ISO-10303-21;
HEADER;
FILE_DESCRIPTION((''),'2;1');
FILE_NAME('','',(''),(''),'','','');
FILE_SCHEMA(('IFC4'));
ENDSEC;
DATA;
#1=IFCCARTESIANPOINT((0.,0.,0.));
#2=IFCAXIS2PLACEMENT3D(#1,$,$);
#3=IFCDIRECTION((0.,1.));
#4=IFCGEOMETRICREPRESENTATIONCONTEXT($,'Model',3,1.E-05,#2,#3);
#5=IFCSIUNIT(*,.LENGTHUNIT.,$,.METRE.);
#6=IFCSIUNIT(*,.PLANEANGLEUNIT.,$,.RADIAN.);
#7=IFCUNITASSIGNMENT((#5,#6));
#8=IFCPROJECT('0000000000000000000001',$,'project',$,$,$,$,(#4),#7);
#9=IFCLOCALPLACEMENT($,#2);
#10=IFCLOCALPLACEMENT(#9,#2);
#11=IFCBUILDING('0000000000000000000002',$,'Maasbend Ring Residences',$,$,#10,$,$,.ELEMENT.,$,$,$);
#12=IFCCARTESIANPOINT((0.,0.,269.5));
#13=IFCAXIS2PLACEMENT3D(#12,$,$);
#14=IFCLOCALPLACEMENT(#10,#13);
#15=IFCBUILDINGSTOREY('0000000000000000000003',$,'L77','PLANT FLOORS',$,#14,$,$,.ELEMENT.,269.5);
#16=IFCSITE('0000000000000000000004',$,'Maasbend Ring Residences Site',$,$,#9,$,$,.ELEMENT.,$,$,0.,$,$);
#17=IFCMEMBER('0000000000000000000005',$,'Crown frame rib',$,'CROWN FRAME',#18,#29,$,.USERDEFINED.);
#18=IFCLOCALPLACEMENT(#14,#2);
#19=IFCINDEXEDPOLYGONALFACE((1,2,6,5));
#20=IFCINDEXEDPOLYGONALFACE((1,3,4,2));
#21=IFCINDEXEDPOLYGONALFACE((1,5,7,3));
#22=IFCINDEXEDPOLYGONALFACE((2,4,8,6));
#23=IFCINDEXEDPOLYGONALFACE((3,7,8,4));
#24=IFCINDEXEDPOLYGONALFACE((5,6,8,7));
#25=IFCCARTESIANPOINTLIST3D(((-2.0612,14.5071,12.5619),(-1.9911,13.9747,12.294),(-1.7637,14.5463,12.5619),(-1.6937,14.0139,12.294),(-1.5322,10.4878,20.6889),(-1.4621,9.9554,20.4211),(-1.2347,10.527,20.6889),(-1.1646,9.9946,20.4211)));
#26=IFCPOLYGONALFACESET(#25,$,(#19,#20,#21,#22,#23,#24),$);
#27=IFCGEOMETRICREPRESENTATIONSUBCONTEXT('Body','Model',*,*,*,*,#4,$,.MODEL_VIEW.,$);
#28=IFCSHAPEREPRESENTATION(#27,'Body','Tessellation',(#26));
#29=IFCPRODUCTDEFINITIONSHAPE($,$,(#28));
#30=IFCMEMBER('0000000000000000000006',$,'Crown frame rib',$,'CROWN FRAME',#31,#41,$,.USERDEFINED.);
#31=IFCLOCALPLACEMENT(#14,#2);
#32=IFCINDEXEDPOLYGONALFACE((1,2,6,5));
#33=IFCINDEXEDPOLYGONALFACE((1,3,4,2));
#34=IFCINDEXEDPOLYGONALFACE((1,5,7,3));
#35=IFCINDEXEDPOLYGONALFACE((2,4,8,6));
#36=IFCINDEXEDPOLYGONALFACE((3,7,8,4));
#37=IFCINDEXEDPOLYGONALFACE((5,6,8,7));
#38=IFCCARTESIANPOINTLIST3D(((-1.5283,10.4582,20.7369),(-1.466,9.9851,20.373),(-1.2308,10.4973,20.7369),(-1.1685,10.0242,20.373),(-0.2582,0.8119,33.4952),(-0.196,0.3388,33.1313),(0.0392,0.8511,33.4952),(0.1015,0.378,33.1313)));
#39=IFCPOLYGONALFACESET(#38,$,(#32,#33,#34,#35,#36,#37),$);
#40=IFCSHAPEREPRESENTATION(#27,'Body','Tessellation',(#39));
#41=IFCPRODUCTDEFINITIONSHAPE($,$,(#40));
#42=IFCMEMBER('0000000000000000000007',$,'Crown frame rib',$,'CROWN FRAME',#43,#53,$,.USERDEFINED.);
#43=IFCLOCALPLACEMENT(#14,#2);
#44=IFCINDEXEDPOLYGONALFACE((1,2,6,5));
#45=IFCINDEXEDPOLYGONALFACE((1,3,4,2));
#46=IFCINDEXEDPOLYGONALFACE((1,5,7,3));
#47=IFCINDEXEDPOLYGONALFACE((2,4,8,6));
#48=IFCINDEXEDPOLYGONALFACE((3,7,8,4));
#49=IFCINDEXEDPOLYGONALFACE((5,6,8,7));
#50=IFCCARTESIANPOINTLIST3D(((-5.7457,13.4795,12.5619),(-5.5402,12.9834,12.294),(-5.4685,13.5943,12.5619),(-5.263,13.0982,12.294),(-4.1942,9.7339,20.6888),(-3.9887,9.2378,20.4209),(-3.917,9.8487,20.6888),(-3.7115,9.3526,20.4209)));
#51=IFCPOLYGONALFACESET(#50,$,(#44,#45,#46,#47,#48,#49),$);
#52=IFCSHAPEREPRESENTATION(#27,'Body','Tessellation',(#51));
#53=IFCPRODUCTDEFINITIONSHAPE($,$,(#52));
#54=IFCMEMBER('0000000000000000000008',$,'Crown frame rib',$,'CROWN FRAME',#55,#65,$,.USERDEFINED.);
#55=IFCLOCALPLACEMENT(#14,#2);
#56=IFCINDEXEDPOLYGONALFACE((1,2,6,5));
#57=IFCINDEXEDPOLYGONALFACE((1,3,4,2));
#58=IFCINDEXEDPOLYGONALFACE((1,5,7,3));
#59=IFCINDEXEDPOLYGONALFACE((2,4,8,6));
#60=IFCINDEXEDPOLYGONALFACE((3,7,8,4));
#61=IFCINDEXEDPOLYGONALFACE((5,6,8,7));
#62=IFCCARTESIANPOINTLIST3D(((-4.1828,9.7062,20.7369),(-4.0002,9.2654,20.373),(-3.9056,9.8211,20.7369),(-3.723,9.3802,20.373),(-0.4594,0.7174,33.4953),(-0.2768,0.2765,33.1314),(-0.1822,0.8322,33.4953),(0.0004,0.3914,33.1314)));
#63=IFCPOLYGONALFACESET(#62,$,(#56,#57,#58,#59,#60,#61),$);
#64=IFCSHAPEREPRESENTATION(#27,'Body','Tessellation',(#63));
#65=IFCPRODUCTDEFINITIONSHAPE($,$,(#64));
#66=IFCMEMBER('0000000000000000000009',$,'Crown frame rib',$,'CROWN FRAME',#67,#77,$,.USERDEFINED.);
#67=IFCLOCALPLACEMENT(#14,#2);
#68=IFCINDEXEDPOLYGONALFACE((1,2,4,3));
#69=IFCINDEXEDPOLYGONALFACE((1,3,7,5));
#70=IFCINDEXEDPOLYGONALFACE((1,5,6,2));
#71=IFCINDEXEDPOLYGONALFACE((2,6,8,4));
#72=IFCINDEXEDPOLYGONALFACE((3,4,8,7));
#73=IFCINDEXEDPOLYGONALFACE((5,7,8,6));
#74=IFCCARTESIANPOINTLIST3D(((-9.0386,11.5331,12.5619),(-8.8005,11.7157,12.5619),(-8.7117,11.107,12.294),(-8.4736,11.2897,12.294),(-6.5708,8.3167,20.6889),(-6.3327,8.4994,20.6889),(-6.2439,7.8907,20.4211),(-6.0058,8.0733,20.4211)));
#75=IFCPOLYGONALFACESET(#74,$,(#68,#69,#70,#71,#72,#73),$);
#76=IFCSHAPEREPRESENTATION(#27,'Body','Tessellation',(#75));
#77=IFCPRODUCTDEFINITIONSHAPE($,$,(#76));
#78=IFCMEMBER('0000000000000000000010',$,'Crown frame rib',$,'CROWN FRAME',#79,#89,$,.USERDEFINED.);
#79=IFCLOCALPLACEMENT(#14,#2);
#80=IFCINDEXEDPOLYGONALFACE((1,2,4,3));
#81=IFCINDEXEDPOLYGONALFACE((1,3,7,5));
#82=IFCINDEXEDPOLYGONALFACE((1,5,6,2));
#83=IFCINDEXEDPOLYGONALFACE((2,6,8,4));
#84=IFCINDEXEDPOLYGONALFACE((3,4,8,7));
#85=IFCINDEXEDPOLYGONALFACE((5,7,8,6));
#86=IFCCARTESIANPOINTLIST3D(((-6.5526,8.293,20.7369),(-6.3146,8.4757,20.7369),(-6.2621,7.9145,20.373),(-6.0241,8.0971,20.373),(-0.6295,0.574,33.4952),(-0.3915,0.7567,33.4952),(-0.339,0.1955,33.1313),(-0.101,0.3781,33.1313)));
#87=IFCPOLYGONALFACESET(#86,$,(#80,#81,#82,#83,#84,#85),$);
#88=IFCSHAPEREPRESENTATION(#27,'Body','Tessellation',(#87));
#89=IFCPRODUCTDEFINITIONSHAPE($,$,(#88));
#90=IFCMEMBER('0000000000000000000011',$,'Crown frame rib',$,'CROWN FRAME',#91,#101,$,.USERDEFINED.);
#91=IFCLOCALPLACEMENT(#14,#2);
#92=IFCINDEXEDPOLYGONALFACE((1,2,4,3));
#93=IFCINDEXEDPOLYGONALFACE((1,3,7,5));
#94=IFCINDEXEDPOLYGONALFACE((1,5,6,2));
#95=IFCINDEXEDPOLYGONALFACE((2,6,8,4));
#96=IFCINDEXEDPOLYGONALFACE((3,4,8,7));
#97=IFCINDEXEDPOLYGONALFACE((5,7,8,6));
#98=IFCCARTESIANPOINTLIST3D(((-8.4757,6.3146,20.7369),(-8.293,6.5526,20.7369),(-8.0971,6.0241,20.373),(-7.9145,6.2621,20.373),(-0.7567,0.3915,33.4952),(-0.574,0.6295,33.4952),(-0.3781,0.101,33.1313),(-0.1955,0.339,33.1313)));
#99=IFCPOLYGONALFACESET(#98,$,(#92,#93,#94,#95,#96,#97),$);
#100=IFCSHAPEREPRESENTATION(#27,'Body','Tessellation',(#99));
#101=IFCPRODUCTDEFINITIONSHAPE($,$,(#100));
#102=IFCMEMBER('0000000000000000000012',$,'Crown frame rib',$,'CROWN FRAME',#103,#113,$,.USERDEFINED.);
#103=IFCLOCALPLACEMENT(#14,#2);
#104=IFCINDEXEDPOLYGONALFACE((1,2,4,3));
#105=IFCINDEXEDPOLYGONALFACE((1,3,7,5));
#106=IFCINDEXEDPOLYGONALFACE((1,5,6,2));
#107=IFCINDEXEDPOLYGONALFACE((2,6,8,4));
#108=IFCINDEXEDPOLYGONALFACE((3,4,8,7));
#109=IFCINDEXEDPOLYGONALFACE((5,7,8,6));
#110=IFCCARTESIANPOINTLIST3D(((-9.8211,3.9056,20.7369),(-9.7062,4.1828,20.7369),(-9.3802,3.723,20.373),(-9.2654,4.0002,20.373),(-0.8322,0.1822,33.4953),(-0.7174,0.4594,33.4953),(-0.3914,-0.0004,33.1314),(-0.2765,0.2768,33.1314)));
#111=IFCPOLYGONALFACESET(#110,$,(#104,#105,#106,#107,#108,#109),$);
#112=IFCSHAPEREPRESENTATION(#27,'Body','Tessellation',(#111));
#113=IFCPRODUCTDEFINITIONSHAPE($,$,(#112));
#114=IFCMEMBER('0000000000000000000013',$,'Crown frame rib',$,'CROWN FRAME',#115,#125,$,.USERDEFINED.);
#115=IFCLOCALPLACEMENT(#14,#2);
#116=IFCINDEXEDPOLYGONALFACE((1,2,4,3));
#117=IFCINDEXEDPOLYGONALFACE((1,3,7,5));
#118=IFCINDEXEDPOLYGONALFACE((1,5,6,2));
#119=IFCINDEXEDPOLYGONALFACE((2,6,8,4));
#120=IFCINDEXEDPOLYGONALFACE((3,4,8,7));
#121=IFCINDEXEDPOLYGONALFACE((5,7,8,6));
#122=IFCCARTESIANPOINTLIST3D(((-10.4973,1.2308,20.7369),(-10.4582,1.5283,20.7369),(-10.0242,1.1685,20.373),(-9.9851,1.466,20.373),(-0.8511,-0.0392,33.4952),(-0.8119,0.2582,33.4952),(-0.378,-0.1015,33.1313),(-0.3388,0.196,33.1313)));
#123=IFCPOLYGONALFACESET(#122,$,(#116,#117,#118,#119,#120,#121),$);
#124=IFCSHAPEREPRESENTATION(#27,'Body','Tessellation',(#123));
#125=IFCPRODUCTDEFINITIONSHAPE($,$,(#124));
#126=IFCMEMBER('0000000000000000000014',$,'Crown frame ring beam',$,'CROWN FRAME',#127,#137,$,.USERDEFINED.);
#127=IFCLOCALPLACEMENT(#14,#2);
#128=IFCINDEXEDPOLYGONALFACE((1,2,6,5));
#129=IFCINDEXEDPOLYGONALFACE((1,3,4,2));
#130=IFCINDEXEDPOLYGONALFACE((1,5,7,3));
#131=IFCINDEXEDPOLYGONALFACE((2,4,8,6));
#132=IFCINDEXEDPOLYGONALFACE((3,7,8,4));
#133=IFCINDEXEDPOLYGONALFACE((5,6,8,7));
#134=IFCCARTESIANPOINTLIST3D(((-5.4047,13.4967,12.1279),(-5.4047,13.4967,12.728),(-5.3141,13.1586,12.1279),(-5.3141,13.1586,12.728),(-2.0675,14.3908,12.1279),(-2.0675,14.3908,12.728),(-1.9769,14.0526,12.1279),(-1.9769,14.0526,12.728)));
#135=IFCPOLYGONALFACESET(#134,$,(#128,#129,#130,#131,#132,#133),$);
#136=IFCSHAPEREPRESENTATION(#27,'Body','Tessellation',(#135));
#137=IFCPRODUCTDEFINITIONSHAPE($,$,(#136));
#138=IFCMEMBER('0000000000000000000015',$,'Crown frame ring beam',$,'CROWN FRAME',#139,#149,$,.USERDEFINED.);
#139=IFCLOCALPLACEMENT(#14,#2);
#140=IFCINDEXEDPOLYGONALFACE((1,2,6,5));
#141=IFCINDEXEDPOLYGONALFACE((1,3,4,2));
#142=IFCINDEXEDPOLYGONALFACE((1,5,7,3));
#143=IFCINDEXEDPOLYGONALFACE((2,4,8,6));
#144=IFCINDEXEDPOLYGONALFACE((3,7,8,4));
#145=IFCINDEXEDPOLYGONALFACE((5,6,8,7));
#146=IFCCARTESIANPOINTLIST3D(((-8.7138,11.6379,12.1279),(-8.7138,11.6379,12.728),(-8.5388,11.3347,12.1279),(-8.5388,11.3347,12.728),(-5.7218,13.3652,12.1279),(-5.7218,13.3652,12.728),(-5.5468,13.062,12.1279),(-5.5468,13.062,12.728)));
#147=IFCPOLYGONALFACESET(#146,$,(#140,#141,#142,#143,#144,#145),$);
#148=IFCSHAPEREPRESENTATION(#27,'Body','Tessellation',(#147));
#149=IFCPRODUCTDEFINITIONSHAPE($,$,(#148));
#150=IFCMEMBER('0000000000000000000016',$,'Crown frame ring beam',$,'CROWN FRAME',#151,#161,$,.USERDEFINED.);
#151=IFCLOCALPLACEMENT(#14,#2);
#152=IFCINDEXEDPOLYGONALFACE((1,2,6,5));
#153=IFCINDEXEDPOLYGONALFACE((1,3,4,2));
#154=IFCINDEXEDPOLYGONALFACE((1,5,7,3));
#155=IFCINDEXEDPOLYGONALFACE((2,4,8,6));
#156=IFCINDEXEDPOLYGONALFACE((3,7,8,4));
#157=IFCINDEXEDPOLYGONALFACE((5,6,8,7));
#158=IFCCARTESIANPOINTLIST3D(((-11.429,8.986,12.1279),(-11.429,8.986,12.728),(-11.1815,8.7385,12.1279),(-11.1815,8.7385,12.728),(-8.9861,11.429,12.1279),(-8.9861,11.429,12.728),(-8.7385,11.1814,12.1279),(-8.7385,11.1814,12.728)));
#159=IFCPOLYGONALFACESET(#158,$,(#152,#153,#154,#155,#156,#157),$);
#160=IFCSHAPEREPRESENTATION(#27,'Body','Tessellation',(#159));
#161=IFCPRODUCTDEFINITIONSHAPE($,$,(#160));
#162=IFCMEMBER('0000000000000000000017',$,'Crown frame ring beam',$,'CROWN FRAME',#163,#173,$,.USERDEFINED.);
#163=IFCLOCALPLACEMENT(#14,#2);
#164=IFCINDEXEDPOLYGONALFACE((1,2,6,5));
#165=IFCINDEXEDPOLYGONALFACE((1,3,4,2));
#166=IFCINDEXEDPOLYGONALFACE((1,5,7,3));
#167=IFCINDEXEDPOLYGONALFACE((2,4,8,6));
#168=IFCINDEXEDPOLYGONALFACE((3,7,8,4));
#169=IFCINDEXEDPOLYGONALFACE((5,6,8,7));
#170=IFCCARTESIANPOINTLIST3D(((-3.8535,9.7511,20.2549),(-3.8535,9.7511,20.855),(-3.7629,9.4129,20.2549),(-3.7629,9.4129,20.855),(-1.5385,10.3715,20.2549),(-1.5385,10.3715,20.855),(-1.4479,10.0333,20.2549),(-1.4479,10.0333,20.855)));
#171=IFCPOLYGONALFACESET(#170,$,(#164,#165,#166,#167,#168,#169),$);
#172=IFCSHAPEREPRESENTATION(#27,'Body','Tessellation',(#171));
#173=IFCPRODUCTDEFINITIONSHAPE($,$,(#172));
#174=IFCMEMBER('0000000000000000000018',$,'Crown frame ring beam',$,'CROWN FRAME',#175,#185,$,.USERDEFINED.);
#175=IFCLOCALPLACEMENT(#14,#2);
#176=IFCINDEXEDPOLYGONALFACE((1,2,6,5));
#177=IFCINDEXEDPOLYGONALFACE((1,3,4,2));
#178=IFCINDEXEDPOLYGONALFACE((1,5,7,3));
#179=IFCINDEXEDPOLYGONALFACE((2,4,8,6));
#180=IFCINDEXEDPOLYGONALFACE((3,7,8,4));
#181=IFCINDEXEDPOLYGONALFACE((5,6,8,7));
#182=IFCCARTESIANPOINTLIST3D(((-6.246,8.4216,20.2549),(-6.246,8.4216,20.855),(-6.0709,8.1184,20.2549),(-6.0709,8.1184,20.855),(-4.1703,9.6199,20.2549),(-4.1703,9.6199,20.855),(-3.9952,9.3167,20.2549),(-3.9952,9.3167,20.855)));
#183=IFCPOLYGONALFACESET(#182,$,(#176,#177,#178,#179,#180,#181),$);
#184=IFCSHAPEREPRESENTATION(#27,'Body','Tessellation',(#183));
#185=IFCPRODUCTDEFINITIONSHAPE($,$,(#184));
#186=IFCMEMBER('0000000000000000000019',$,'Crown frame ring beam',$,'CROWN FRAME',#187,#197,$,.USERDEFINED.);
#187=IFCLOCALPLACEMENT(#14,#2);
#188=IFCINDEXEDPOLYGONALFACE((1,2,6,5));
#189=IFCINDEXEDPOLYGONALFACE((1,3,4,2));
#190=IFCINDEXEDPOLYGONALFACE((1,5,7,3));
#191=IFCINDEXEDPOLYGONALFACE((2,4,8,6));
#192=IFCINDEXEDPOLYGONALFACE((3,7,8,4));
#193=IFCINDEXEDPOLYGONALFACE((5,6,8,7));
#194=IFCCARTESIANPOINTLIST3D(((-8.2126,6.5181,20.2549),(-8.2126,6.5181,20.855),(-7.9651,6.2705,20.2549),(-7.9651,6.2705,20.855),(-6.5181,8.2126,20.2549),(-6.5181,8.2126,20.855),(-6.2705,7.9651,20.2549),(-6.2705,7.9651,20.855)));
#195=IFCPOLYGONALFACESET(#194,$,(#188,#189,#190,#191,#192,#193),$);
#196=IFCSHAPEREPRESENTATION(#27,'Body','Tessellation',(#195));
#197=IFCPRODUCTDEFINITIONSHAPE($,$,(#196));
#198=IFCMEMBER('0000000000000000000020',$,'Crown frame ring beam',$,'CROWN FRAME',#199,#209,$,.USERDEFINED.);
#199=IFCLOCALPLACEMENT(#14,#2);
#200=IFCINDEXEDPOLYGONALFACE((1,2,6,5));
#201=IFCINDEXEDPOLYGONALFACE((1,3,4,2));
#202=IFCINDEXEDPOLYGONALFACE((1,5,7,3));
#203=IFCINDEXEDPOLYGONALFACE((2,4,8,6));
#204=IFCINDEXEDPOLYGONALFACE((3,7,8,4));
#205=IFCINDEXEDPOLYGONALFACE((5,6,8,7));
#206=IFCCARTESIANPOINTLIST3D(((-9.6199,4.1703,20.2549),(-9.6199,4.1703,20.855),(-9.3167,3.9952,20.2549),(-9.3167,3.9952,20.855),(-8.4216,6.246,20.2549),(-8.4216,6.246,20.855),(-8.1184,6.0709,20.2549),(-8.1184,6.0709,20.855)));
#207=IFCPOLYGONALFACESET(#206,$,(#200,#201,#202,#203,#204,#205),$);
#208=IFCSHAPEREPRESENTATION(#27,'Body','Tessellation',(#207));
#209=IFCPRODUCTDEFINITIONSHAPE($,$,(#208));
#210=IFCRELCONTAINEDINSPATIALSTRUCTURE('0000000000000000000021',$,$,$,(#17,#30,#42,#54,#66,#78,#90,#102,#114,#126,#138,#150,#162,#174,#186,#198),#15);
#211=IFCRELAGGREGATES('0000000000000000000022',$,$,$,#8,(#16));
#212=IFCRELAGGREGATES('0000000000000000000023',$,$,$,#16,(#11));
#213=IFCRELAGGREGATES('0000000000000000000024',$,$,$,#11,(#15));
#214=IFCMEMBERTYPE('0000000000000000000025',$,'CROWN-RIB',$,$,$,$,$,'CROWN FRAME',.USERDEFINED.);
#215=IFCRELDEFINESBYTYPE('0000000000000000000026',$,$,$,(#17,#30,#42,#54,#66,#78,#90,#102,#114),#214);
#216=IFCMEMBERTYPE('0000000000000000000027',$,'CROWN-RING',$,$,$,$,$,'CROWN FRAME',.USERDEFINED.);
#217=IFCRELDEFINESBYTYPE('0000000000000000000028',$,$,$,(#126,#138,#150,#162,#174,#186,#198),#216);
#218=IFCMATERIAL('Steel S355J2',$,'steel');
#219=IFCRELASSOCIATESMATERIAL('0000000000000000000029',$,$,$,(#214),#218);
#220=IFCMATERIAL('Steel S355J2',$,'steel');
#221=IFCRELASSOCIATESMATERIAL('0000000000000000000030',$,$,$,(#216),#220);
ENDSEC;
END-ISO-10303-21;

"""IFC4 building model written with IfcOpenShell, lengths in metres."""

from ifc_helpers import new_model, si_unit, direction, frame, origin, origin_2d, place, context, subcontext, project, spatial, rectangle, extrude, material, material_profile, profile_set, type_object, element, save


model = new_model("IFC4")

# Units and contexts
model_context = context("Model", 3, precision=1e-05, world=origin(), true_north=direction((0.0, 1.0)))
body_context = subcontext(model_context, "Body", "Model", "MODEL_VIEW")
ifc_project = project(units=[si_unit("LENGTHUNIT", "METRE"), si_unit("PLANEANGLEUNIT", "RADIAN")], contexts=[model_context])

# Site, building, storey
site_placement = place(None, origin())
site = spatial("IfcSite", under=ifc_project, at=site_placement, Name="Maasbend Ring Residences Site", CompositionType="ELEMENT", RefElevation=0.0)
building_placement = place(site_placement, origin())
building = spatial("IfcBuilding", under=site, at=building_placement, Name="Maasbend Ring Residences", CompositionType="ELEMENT")
storey_placement = place(building_placement, frame((0.0, 0.0, 269.5)))
storey = spatial("IfcBuildingStorey", under=building, at=storey_placement, Name="L77", Description="PLANT FLOORS", CompositionType="ELEMENT", Elevation=269.5)

# Members
ifc_material_1 = material(Name="Steel S355J2", Category="steel")
ifc_material_profile_1 = material_profile(ifc_material_1, rectangle(XDim=0.3, YDim=0.6001, at=origin_2d()), Name="Box 300x600x12")
ifc_profile_set_1 = profile_set([ifc_material_profile_1], Name="Steel S355J2")
member_type_1 = type_object("IfcMemberType", Name="CROWN-RIB", ElementType="CROWN FRAME", PredefinedType="USERDEFINED", material=ifc_profile_set_1)
member_1_placement = place(storey_placement, frame((-1.8774, 14.2605, 12.428), z_axis=(0.058253, -0.442557, 0.894846), x_axis=(0.991448, 0.130503, 0.0)))
element("IfcMember", 1, at=member_1_placement, inside=storey, type_object=member_type_1, Name="Crown frame rib", ObjectType="CROWN FRAME", PredefinedType="USERDEFINED", context=body_context, shape_type="SweptSolid", body=[
    extrude(rectangle(XDim=0.3, YDim=0.6001, at=origin_2d()), origin(), (0.0, 0.0, 1.0), 9.082),
])
member_2_placement = place(storey_placement, frame((-1.3484, 10.2412, 20.5549), z_axis=(0.079154, -0.601205, 0.795165), x_axis=(0.991444, 0.130533, 0.0)))
element("IfcMember", 2, at=member_2_placement, inside=storey, type_object=member_type_1, Name="Crown frame rib", ObjectType="CROWN FRAME", PredefinedType="USERDEFINED", context=body_context, shape_type="SweptSolid", body=[
    extrude(rectangle(XDim=0.3, YDim=0.6001, at=origin_2d()), origin(), (0.0, 0.0, 1.0), 16.0449),
])
member_3_placement = place(storey_placement, frame((-5.5044, 13.2888, 12.428), z_axis=(0.170832, -0.412417, 0.894834), x_axis=(0.923877, 0.38269, 0.0)))
element("IfcMember", 3, at=member_3_placement, inside=storey, type_object=member_type_1, Name="Crown frame rib", ObjectType="CROWN FRAME", PredefinedType="USERDEFINED", context=body_context, shape_type="SweptSolid", body=[
    extrude(rectangle(XDim=0.3, YDim=0.6001, at=origin_2d()), origin(), (0.0, 0.0, 1.0), 9.082),
])
member_4_placement = place(storey_placement, frame((-3.9529, 9.5432, 20.5549), z_axis=(0.232062, -0.560229, 0.795167), x_axis=(0.923875, 0.382694, 0.0)))
element("IfcMember", 4, at=member_4_placement, inside=storey, type_object=member_type_1, Name="Crown frame rib", ObjectType="CROWN FRAME", PredefinedType="USERDEFINED", context=body_context, shape_type="SweptSolid", body=[
    extrude(rectangle(XDim=0.3, YDim=0.6001, at=origin_2d()), origin(), (0.0, 0.0, 1.0), 16.0449),
])
member_5_placement = place(storey_placement, frame((-8.7561, 11.4114, 12.428), z_axis=(0.271723, -0.354143, 0.894846), x_axis=(0.793376, 0.608732, 0.0)))
element("IfcMember", 5, at=member_5_placement, inside=storey, type_object=member_type_1, Name="Crown frame rib", ObjectType="CROWN FRAME", PredefinedType="USERDEFINED", context=body_context, shape_type="SweptSolid", body=[
    extrude(rectangle(XDim=0.3, YDim=0.6001, at=origin_2d()), origin(), (0.0, 0.0, 1.0), 9.082),
])
for number, where, z_axis, x_axis, name in (
    (6, (-6.2883, 8.1951, 20.5549), (0.369157, -0.481086, 0.79516), (0.793348, 0.608768, 0.0), "Crown frame rib"),
    (7, (-8.1951, 6.2883, 20.5549), (0.481086, -0.369157, 0.79516), (0.608768, 0.793348, 0.0), "Crown frame rib"),
    (8, (-9.5432, 3.9529, 20.5549), (0.560229, -0.232062, 0.795167), (0.382694, 0.923875, 0.0), "Crown frame rib"),
    (9, (-10.2412, 1.3484, 20.5549), (0.601205, -0.079154, 0.795165), (0.130533, 0.991444, 0.0), "Crown frame rib"),
):
    element("IfcMember", number, at=place(storey_placement, frame(where, z_axis=z_axis, x_axis=x_axis)), inside=storey, type_object=member_type_1, Name=name, ObjectType="CROWN FRAME", PredefinedType="USERDEFINED", context=body_context, shape_type="SweptSolid", body=[
        extrude(rectangle(XDim=0.3, YDim=0.6001, at=origin_2d()), origin(), (0.0, 0.0, 1.0), 16.0449),
    ])
ifc_material_2 = material(Name="Steel S355J2", Category="steel")
ifc_material_profile_2 = material_profile(ifc_material_2, rectangle(XDim=0.3501, YDim=0.6001, at=origin_2d()), Name="Box 350x600x16")
ifc_profile_set_2 = profile_set([ifc_material_profile_2], Name="Steel S355J2")
member_type_2 = type_object("IfcMemberType", Name="CROWN-RING", ElementType="CROWN FRAME", PredefinedType="USERDEFINED", material=ifc_profile_set_2)
for number, where, z_axis, x_axis, name in (
    (10, (-2.0222, 14.2217, 12.428), (-0.965936, -0.25878, 0.0), (0.25878, -0.965936, 0.0), "Crown frame ring beam"),
    (11, (-5.6343, 13.2136, 12.428), (-0.866038, -0.499977, 0.0), (0.499977, -0.866038, 0.0), "Crown frame ring beam"),
    (12, (-8.8623, 11.3052, 12.428), (-0.707107, -0.707107, 0.0), (0.707107, -0.707107, 0.0), "Crown frame ring beam"),
):
    element("IfcMember", number, at=place(storey_placement, frame(where, z_axis=z_axis, x_axis=x_axis)), inside=storey, type_object=member_type_2, Name=name, ObjectType="CROWN FRAME", PredefinedType="USERDEFINED", context=body_context, shape_type="SweptSolid", body=[
        extrude(rectangle(XDim=0.3501, YDim=0.6001, at=origin_2d()), origin(), (0.0, 0.0, 1.0), 3.4548),
    ])
for number, where, z_axis, x_axis, name in (
    (13, (-1.4932, 10.2024, 20.5549), (-0.965918, -0.258848, 0.0), (0.258848, -0.965918, 0.0), "Crown frame ring beam"),
    (14, (-4.0828, 9.4683, 20.5549), (-0.866053, -0.499952, 0.0), (0.499952, -0.866053, 0.0), "Crown frame ring beam"),
):
    element("IfcMember", number, at=place(storey_placement, frame(where, z_axis=z_axis, x_axis=x_axis)), inside=storey, type_object=member_type_2, Name=name, ObjectType="CROWN FRAME", PredefinedType="USERDEFINED", context=body_context, shape_type="SweptSolid", body=[
        extrude(rectangle(XDim=0.3501, YDim=0.6001, at=origin_2d()), origin(), (0.0, 0.0, 1.0), 2.3967),
    ])
member_6_placement = place(storey_placement, frame((-6.3943, 8.0889, 20.5549), z_axis=(-0.707107, -0.707107, 0.0), x_axis=(0.707107, -0.707107, 0.0)))
element("IfcMember", 15, at=member_6_placement, inside=storey, type_object=member_type_2, Name="Crown frame ring beam", ObjectType="CROWN FRAME", PredefinedType="USERDEFINED", context=body_context, shape_type="SweptSolid", body=[
    extrude(rectangle(XDim=0.3501, YDim=0.6001, at=origin_2d()), origin(), (0.0, 0.0, 1.0), 2.3965),
])
for number, where, z_axis, x_axis, name in (
    (16, (-8.27, 6.1584, 20.5549), (-0.499952, -0.866053, 0.0), (0.866053, -0.499952, 0.0), "Crown frame ring beam"),
):
    element("IfcMember", number, at=place(storey_placement, frame(where, z_axis=z_axis, x_axis=x_axis)), inside=storey, type_object=member_type_2, Name=name, ObjectType="CROWN FRAME", PredefinedType="USERDEFINED", context=body_context, shape_type="SweptSolid", body=[
        extrude(rectangle(XDim=0.3501, YDim=0.6001, at=origin_2d()), origin(), (0.0, 0.0, 1.0), 2.3967),
    ])

save(model, "model.ifc")
